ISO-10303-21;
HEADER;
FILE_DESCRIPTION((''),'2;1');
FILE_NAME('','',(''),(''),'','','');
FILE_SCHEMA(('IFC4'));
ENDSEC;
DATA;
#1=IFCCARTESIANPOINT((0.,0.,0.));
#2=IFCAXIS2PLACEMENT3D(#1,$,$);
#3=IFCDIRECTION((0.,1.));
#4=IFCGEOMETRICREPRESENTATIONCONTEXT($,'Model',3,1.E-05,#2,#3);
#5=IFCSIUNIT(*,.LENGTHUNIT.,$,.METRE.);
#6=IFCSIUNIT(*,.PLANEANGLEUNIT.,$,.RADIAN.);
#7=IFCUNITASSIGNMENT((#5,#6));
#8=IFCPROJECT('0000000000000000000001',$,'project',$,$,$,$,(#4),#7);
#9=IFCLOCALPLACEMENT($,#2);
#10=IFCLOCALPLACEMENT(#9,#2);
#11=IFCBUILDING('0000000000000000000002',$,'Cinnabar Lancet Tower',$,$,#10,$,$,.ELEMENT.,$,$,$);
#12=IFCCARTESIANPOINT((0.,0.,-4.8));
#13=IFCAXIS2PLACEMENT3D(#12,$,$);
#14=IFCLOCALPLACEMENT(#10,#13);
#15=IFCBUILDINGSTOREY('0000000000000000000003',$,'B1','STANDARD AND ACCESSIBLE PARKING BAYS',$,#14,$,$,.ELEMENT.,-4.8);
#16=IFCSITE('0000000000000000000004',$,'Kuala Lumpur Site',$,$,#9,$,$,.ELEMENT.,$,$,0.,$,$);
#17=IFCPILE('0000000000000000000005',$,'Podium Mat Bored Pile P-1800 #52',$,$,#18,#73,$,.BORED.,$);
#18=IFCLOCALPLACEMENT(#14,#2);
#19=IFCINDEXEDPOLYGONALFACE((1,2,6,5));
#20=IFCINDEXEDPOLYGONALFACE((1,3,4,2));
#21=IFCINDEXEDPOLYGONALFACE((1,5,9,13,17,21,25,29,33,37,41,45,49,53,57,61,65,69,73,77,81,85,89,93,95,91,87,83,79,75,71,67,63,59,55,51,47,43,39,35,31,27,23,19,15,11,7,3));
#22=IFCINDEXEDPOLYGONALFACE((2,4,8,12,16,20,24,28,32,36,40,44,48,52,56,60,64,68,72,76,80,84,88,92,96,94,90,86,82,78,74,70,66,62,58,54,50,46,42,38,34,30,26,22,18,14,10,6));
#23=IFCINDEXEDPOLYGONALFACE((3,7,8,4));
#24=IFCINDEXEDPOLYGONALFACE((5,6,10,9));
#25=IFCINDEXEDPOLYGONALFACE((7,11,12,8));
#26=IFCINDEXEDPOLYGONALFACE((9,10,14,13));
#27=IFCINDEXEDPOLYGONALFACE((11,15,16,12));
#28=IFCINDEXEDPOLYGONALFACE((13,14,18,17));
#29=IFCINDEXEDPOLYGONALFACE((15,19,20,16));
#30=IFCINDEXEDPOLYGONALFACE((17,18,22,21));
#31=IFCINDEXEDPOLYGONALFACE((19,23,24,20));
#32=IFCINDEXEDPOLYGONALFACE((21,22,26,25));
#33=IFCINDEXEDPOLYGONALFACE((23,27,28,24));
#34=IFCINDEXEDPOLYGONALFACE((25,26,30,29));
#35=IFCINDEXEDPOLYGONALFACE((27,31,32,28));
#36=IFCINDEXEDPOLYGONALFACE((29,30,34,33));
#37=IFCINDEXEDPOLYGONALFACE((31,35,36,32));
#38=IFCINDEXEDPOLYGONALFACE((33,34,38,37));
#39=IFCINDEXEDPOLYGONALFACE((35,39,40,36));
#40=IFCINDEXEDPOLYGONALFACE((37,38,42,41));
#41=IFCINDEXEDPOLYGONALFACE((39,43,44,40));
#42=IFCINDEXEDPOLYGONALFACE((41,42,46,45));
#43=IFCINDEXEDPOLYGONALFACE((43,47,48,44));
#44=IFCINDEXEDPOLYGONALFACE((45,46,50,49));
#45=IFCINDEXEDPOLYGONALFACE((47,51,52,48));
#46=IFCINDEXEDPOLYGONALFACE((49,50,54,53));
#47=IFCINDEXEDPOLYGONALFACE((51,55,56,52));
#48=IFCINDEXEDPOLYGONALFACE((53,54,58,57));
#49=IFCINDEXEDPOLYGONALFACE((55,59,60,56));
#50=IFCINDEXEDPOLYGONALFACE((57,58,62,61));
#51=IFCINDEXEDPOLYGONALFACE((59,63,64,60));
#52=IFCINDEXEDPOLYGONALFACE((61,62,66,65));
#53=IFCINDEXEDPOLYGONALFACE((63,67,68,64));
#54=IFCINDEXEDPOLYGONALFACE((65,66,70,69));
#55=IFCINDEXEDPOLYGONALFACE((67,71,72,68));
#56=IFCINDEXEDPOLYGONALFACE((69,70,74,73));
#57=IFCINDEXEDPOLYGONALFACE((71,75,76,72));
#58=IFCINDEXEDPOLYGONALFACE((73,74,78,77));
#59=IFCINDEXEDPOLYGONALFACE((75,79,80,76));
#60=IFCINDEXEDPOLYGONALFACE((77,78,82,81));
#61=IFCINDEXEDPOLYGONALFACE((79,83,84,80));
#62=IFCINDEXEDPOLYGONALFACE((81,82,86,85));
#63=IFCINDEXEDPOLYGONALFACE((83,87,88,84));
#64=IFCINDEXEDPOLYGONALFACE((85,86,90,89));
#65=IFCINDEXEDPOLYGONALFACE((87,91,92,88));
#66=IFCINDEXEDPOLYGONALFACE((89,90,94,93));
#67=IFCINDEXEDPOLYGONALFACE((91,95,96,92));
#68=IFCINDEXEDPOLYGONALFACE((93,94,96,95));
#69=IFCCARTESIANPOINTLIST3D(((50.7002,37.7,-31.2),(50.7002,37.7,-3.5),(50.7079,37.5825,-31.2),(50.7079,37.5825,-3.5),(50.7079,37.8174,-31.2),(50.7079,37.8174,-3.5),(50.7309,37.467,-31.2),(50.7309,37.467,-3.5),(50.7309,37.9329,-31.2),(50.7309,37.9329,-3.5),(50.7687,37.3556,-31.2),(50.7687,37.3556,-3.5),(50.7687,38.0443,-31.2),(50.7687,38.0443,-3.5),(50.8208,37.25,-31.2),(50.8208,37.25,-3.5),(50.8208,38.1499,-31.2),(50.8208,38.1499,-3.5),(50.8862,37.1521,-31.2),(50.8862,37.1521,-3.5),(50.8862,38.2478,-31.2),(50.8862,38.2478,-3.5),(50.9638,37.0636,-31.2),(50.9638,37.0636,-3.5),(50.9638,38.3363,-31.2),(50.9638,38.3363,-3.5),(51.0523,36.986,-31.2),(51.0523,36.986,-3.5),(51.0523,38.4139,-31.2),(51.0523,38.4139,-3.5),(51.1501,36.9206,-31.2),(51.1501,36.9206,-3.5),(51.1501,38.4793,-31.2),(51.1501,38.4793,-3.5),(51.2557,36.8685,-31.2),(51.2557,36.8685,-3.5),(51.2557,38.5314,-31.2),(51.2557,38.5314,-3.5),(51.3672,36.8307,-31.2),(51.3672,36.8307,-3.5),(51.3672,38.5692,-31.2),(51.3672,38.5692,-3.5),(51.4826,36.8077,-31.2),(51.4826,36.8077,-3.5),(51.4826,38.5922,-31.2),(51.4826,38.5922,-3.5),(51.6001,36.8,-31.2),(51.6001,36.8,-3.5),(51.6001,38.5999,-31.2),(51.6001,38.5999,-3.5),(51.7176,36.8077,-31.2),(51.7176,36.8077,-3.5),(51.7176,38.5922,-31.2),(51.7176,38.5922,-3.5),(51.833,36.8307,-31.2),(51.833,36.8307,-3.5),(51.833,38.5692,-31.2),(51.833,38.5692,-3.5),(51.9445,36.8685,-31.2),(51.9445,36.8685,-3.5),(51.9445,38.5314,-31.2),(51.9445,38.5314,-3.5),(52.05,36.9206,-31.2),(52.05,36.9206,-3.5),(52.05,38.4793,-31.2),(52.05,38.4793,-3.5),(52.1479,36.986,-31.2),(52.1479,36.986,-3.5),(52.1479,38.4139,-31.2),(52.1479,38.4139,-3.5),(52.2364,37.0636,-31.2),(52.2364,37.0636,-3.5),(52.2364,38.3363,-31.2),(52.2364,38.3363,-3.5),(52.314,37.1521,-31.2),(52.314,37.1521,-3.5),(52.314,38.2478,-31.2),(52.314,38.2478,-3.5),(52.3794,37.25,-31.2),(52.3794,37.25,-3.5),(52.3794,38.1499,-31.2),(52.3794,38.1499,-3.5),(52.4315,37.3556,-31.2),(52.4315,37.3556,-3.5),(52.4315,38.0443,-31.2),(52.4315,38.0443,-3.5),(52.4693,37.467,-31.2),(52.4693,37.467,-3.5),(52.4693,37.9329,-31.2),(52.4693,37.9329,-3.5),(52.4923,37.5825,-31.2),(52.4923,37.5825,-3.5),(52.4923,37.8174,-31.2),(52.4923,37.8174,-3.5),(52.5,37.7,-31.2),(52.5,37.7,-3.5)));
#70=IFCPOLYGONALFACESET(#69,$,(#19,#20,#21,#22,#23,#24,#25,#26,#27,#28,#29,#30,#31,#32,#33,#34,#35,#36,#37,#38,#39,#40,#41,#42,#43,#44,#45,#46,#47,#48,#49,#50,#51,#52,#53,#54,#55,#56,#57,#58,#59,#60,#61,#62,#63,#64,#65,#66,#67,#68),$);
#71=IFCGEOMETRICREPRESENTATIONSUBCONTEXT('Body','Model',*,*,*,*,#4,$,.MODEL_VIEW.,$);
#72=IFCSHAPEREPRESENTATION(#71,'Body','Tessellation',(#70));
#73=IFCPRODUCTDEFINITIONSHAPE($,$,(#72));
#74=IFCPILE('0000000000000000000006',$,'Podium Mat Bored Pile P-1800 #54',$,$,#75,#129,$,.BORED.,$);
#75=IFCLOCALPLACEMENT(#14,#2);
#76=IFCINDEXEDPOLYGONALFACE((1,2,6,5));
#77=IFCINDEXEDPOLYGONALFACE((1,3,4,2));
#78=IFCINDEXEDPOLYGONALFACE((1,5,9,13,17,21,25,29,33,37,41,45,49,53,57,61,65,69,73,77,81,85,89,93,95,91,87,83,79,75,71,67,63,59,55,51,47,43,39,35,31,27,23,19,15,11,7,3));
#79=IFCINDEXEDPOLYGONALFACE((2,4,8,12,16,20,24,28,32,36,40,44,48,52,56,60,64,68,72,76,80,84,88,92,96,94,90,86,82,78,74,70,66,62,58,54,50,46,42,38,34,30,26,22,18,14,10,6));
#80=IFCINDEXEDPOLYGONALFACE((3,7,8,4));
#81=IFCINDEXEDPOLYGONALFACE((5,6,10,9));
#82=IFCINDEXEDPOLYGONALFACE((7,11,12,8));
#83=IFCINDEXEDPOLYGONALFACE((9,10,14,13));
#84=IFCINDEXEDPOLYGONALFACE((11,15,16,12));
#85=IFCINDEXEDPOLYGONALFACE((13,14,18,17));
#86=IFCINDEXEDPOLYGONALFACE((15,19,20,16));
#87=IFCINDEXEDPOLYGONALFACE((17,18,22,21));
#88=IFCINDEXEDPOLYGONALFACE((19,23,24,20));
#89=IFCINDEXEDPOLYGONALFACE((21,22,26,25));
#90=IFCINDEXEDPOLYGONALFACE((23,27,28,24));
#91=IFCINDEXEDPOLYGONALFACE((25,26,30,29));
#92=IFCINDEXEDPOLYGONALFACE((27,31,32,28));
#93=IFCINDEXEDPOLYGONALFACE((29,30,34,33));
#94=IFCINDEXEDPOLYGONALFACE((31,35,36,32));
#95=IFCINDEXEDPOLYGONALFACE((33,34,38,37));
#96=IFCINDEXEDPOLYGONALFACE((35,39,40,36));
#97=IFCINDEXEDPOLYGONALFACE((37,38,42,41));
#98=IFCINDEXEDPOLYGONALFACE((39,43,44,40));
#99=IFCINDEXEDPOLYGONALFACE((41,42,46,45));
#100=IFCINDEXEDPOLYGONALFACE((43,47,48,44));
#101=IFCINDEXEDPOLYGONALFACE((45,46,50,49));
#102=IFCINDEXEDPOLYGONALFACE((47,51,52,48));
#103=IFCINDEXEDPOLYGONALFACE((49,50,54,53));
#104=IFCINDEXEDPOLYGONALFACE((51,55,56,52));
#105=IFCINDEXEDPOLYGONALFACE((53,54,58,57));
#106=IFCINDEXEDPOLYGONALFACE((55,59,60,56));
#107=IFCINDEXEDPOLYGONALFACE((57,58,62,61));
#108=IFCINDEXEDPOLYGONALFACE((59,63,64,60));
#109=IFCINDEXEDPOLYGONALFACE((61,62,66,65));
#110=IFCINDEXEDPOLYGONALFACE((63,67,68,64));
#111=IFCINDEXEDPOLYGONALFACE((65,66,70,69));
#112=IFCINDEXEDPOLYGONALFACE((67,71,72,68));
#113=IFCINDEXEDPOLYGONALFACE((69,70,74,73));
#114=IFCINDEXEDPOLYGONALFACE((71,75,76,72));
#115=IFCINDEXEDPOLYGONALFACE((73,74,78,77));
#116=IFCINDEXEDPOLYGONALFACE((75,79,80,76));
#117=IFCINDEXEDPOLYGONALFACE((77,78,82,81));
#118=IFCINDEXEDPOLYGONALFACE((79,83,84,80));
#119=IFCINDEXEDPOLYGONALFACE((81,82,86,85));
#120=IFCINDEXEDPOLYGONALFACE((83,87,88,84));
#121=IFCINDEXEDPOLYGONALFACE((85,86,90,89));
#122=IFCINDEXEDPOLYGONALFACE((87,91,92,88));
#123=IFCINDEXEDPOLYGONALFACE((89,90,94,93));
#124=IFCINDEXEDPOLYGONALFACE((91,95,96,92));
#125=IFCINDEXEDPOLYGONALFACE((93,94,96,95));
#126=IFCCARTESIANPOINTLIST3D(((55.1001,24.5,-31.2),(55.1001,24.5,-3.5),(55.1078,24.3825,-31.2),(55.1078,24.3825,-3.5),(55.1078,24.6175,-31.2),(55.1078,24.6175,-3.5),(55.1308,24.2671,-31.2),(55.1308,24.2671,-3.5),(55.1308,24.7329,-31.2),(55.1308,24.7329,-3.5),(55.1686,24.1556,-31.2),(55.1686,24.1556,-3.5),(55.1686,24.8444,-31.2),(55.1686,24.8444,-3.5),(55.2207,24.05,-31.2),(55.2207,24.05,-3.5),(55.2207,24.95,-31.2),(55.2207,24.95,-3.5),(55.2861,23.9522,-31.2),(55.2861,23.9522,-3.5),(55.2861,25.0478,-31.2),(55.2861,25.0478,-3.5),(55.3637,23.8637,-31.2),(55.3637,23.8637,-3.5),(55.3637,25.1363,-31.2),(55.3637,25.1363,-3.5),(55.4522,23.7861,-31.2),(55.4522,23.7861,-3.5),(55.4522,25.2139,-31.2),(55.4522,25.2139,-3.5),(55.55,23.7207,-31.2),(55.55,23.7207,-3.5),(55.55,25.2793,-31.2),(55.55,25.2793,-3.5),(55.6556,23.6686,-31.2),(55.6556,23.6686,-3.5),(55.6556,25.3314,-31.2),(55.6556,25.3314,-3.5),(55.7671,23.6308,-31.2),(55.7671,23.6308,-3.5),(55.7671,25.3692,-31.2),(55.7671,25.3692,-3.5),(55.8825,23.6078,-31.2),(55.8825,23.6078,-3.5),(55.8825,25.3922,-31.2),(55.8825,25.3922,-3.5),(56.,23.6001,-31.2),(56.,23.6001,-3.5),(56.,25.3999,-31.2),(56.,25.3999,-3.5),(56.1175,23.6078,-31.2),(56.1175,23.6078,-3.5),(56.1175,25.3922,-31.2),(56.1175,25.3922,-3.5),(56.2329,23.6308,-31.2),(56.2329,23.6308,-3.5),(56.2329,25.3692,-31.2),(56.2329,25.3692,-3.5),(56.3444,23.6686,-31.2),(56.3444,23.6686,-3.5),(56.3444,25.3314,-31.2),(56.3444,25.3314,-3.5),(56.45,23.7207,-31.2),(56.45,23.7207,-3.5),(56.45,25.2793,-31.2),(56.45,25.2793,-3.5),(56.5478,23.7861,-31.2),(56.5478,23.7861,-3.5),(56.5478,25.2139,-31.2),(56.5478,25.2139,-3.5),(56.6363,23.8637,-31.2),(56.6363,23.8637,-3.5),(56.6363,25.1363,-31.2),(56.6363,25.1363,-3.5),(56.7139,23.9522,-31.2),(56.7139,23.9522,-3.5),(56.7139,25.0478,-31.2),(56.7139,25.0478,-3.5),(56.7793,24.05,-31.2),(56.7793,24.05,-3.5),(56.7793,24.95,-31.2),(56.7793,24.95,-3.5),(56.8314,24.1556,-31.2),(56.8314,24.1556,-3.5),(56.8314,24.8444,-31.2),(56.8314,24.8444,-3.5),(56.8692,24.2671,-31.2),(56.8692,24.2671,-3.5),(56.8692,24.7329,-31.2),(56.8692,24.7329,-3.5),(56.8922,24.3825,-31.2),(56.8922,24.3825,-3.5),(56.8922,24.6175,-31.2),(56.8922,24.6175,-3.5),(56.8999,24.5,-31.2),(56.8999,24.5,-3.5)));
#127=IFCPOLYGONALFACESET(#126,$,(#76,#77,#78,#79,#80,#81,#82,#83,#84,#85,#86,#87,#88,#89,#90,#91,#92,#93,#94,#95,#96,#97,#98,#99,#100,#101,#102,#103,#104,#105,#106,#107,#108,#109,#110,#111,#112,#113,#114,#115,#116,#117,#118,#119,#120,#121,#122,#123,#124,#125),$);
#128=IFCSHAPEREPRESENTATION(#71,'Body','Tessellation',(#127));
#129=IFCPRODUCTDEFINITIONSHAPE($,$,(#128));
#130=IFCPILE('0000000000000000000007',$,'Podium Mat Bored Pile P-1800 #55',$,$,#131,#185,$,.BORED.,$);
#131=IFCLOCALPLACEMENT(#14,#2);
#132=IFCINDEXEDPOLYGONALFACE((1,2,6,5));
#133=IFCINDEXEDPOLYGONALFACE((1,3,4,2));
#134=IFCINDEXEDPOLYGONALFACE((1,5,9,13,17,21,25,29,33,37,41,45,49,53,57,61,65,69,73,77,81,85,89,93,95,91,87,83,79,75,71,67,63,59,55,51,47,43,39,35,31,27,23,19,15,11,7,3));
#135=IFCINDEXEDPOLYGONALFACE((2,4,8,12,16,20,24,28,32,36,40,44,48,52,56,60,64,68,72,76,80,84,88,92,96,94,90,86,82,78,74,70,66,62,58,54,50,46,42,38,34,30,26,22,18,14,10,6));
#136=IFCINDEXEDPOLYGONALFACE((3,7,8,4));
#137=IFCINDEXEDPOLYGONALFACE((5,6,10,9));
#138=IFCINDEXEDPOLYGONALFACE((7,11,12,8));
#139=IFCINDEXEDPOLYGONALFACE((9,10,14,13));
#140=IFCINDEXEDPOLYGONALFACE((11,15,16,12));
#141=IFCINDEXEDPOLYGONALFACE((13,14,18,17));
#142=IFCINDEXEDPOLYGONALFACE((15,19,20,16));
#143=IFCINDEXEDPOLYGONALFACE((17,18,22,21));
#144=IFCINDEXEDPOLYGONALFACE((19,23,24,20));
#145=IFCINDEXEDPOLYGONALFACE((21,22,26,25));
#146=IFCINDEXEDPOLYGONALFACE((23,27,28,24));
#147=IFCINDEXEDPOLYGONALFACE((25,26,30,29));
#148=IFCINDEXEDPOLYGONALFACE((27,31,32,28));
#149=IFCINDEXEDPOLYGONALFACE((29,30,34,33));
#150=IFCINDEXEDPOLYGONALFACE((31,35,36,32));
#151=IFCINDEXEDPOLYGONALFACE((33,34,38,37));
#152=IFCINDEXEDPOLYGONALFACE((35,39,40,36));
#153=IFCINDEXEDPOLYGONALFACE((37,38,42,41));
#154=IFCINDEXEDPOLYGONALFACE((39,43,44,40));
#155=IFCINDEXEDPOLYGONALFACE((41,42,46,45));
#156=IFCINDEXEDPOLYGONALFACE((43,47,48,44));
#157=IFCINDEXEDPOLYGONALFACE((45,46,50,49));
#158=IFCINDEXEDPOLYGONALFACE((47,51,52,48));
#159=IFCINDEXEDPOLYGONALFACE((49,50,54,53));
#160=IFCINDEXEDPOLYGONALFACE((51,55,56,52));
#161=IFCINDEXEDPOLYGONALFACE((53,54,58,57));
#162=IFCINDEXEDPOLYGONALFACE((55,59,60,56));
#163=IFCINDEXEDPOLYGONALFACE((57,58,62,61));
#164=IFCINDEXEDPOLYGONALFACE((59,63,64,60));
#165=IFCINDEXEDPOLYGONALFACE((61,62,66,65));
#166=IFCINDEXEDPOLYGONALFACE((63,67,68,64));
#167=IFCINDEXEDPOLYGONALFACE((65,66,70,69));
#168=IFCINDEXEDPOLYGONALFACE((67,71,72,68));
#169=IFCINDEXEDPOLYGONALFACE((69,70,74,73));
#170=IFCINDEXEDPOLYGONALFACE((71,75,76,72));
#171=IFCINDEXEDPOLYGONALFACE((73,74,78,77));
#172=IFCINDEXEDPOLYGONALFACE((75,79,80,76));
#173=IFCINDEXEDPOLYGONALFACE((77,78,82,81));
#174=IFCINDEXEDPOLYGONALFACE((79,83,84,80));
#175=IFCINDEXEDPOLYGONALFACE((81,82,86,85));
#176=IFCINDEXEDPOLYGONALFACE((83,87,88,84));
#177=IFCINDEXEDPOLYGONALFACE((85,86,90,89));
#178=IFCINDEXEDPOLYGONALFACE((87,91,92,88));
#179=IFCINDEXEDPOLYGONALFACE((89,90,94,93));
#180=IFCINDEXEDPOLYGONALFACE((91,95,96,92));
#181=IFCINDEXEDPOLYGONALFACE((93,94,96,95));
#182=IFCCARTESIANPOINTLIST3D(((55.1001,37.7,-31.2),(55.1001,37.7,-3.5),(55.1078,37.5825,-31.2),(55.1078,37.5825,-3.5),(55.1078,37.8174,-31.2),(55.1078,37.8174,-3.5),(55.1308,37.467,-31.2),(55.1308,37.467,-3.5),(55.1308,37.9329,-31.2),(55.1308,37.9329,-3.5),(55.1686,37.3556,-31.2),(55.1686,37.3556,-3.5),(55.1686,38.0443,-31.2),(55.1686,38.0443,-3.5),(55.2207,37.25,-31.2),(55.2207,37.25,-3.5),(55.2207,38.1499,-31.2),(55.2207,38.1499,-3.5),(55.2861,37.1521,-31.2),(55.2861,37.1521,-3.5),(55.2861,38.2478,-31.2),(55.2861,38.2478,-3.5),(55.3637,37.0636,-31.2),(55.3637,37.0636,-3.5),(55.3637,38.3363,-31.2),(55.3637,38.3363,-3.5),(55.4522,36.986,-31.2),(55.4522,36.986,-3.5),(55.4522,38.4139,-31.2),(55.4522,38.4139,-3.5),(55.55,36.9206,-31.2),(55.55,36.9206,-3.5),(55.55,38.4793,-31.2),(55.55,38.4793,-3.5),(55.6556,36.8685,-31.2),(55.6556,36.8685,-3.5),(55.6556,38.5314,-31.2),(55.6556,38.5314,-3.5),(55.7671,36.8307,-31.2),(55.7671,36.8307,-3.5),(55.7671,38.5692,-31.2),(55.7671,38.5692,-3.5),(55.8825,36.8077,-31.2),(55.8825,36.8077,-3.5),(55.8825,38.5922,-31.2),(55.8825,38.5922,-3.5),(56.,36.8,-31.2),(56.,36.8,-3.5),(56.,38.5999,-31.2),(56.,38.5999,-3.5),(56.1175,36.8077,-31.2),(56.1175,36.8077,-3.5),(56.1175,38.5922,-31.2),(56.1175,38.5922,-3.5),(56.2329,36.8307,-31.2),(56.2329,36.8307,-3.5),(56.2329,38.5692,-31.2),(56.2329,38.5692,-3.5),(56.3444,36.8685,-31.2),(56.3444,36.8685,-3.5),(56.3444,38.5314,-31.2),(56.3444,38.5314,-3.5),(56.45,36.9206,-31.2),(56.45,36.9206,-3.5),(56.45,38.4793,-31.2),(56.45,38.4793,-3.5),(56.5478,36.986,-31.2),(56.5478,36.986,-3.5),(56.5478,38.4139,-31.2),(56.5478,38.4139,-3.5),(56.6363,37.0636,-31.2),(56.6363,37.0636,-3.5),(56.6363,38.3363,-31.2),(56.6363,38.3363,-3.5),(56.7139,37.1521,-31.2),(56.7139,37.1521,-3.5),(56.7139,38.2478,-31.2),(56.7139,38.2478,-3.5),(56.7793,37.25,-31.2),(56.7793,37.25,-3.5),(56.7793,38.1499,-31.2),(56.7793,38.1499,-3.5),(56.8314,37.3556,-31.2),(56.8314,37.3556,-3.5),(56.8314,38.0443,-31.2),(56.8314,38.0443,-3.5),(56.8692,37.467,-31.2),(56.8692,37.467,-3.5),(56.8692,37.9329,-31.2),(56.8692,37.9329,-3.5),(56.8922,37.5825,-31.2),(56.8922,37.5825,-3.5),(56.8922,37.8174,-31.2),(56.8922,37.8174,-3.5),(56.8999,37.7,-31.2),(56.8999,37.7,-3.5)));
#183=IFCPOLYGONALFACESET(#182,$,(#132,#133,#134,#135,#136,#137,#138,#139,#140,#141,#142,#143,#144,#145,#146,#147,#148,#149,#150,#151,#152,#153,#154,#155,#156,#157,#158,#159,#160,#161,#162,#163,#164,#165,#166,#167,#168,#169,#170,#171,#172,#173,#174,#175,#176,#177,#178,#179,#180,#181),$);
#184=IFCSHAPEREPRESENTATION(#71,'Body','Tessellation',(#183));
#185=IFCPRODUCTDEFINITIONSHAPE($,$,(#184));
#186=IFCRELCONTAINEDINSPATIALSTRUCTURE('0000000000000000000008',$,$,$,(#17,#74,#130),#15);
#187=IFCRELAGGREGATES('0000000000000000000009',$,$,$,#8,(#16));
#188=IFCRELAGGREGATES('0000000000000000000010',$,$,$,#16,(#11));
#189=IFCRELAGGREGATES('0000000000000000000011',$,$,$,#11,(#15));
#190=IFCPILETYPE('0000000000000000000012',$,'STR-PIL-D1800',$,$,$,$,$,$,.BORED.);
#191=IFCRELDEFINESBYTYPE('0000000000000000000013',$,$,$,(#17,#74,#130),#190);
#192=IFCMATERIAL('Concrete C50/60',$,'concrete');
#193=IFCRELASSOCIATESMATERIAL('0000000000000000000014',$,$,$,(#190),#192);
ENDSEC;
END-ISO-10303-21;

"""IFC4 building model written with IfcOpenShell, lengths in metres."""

from ifc_helpers import new_model, si_unit, direction, frame, origin, origin_2d, place, context, subcontext, project, spatial, circle, extrude, material, material_profile, profile_set, type_object, element, save


model = new_model("IFC4")

# Units and contexts
model_context = context("Model", 3, precision=1e-05, world=origin(), true_north=direction((0.0, 1.0)))
body_context = subcontext(model_context, "Body", "Model", "MODEL_VIEW")
ifc_project = project(units=[si_unit("LENGTHUNIT", "METRE"), si_unit("PLANEANGLEUNIT", "RADIAN")], contexts=[model_context])

# Site, building, storey
site_placement = place(None, origin())
site = spatial("IfcSite", under=ifc_project, at=site_placement, Name="Kuala Lumpur Site", CompositionType="ELEMENT", RefElevation=0.0)
building_placement = place(site_placement, origin())
building = spatial("IfcBuilding", under=site, at=building_placement, Name="Cinnabar Lancet Tower", CompositionType="ELEMENT")
storey_placement = place(building_placement, frame((0.0, 0.0, -4.8)))
storey = spatial("IfcBuildingStorey", under=building, at=storey_placement, Name="B1", Description="STANDARD AND ACCESSIBLE PARKING BAYS", CompositionType="ELEMENT", Elevation=-4.8)

# Piles
ifc_material_1 = material(Name="Concrete C50/60", Category="concrete")
ifc_material_profile_1 = material_profile(ifc_material_1, circle(Radius=0.8999, at=origin_2d()), Name="PILE D1800")
ifc_profile_set_1 = profile_set([ifc_material_profile_1], Name="Concrete C50/60")
pile_type_1 = type_object("IfcPileType", Name="STR-PIL-D1800", PredefinedType="BORED", material=ifc_profile_set_1)
for number, where, z_axis, x_axis, name in (
    (1, (51.6001, 37.7, -3.5), (0.0, 0.0, -1.0), (1.0, 0.0, 0.0), "Podium Mat Bored Pile P-1800 #52"),
    (2, (56.0, 24.5, -3.5), (0.0, 0.0, -1.0), (1.0, 0.0, 0.0), "Podium Mat Bored Pile P-1800 #54"),
    (3, (56.0, 37.7, -3.5), (0.0, 0.0, -1.0), (1.0, 0.0, 0.0), "Podium Mat Bored Pile P-1800 #55"),
):
    element("IfcPile", number, at=place(storey_placement, frame(where, z_axis=z_axis, x_axis=x_axis)), inside=storey, type_object=pile_type_1, Name=name, PredefinedType="BORED", context=body_context, shape_type="SweptSolid", body=[
        extrude(circle(Radius=0.8999, at=origin_2d()), origin(), (0.0, 0.0, 1.0), 27.7),
    ])

save(model, "model.ifc")
